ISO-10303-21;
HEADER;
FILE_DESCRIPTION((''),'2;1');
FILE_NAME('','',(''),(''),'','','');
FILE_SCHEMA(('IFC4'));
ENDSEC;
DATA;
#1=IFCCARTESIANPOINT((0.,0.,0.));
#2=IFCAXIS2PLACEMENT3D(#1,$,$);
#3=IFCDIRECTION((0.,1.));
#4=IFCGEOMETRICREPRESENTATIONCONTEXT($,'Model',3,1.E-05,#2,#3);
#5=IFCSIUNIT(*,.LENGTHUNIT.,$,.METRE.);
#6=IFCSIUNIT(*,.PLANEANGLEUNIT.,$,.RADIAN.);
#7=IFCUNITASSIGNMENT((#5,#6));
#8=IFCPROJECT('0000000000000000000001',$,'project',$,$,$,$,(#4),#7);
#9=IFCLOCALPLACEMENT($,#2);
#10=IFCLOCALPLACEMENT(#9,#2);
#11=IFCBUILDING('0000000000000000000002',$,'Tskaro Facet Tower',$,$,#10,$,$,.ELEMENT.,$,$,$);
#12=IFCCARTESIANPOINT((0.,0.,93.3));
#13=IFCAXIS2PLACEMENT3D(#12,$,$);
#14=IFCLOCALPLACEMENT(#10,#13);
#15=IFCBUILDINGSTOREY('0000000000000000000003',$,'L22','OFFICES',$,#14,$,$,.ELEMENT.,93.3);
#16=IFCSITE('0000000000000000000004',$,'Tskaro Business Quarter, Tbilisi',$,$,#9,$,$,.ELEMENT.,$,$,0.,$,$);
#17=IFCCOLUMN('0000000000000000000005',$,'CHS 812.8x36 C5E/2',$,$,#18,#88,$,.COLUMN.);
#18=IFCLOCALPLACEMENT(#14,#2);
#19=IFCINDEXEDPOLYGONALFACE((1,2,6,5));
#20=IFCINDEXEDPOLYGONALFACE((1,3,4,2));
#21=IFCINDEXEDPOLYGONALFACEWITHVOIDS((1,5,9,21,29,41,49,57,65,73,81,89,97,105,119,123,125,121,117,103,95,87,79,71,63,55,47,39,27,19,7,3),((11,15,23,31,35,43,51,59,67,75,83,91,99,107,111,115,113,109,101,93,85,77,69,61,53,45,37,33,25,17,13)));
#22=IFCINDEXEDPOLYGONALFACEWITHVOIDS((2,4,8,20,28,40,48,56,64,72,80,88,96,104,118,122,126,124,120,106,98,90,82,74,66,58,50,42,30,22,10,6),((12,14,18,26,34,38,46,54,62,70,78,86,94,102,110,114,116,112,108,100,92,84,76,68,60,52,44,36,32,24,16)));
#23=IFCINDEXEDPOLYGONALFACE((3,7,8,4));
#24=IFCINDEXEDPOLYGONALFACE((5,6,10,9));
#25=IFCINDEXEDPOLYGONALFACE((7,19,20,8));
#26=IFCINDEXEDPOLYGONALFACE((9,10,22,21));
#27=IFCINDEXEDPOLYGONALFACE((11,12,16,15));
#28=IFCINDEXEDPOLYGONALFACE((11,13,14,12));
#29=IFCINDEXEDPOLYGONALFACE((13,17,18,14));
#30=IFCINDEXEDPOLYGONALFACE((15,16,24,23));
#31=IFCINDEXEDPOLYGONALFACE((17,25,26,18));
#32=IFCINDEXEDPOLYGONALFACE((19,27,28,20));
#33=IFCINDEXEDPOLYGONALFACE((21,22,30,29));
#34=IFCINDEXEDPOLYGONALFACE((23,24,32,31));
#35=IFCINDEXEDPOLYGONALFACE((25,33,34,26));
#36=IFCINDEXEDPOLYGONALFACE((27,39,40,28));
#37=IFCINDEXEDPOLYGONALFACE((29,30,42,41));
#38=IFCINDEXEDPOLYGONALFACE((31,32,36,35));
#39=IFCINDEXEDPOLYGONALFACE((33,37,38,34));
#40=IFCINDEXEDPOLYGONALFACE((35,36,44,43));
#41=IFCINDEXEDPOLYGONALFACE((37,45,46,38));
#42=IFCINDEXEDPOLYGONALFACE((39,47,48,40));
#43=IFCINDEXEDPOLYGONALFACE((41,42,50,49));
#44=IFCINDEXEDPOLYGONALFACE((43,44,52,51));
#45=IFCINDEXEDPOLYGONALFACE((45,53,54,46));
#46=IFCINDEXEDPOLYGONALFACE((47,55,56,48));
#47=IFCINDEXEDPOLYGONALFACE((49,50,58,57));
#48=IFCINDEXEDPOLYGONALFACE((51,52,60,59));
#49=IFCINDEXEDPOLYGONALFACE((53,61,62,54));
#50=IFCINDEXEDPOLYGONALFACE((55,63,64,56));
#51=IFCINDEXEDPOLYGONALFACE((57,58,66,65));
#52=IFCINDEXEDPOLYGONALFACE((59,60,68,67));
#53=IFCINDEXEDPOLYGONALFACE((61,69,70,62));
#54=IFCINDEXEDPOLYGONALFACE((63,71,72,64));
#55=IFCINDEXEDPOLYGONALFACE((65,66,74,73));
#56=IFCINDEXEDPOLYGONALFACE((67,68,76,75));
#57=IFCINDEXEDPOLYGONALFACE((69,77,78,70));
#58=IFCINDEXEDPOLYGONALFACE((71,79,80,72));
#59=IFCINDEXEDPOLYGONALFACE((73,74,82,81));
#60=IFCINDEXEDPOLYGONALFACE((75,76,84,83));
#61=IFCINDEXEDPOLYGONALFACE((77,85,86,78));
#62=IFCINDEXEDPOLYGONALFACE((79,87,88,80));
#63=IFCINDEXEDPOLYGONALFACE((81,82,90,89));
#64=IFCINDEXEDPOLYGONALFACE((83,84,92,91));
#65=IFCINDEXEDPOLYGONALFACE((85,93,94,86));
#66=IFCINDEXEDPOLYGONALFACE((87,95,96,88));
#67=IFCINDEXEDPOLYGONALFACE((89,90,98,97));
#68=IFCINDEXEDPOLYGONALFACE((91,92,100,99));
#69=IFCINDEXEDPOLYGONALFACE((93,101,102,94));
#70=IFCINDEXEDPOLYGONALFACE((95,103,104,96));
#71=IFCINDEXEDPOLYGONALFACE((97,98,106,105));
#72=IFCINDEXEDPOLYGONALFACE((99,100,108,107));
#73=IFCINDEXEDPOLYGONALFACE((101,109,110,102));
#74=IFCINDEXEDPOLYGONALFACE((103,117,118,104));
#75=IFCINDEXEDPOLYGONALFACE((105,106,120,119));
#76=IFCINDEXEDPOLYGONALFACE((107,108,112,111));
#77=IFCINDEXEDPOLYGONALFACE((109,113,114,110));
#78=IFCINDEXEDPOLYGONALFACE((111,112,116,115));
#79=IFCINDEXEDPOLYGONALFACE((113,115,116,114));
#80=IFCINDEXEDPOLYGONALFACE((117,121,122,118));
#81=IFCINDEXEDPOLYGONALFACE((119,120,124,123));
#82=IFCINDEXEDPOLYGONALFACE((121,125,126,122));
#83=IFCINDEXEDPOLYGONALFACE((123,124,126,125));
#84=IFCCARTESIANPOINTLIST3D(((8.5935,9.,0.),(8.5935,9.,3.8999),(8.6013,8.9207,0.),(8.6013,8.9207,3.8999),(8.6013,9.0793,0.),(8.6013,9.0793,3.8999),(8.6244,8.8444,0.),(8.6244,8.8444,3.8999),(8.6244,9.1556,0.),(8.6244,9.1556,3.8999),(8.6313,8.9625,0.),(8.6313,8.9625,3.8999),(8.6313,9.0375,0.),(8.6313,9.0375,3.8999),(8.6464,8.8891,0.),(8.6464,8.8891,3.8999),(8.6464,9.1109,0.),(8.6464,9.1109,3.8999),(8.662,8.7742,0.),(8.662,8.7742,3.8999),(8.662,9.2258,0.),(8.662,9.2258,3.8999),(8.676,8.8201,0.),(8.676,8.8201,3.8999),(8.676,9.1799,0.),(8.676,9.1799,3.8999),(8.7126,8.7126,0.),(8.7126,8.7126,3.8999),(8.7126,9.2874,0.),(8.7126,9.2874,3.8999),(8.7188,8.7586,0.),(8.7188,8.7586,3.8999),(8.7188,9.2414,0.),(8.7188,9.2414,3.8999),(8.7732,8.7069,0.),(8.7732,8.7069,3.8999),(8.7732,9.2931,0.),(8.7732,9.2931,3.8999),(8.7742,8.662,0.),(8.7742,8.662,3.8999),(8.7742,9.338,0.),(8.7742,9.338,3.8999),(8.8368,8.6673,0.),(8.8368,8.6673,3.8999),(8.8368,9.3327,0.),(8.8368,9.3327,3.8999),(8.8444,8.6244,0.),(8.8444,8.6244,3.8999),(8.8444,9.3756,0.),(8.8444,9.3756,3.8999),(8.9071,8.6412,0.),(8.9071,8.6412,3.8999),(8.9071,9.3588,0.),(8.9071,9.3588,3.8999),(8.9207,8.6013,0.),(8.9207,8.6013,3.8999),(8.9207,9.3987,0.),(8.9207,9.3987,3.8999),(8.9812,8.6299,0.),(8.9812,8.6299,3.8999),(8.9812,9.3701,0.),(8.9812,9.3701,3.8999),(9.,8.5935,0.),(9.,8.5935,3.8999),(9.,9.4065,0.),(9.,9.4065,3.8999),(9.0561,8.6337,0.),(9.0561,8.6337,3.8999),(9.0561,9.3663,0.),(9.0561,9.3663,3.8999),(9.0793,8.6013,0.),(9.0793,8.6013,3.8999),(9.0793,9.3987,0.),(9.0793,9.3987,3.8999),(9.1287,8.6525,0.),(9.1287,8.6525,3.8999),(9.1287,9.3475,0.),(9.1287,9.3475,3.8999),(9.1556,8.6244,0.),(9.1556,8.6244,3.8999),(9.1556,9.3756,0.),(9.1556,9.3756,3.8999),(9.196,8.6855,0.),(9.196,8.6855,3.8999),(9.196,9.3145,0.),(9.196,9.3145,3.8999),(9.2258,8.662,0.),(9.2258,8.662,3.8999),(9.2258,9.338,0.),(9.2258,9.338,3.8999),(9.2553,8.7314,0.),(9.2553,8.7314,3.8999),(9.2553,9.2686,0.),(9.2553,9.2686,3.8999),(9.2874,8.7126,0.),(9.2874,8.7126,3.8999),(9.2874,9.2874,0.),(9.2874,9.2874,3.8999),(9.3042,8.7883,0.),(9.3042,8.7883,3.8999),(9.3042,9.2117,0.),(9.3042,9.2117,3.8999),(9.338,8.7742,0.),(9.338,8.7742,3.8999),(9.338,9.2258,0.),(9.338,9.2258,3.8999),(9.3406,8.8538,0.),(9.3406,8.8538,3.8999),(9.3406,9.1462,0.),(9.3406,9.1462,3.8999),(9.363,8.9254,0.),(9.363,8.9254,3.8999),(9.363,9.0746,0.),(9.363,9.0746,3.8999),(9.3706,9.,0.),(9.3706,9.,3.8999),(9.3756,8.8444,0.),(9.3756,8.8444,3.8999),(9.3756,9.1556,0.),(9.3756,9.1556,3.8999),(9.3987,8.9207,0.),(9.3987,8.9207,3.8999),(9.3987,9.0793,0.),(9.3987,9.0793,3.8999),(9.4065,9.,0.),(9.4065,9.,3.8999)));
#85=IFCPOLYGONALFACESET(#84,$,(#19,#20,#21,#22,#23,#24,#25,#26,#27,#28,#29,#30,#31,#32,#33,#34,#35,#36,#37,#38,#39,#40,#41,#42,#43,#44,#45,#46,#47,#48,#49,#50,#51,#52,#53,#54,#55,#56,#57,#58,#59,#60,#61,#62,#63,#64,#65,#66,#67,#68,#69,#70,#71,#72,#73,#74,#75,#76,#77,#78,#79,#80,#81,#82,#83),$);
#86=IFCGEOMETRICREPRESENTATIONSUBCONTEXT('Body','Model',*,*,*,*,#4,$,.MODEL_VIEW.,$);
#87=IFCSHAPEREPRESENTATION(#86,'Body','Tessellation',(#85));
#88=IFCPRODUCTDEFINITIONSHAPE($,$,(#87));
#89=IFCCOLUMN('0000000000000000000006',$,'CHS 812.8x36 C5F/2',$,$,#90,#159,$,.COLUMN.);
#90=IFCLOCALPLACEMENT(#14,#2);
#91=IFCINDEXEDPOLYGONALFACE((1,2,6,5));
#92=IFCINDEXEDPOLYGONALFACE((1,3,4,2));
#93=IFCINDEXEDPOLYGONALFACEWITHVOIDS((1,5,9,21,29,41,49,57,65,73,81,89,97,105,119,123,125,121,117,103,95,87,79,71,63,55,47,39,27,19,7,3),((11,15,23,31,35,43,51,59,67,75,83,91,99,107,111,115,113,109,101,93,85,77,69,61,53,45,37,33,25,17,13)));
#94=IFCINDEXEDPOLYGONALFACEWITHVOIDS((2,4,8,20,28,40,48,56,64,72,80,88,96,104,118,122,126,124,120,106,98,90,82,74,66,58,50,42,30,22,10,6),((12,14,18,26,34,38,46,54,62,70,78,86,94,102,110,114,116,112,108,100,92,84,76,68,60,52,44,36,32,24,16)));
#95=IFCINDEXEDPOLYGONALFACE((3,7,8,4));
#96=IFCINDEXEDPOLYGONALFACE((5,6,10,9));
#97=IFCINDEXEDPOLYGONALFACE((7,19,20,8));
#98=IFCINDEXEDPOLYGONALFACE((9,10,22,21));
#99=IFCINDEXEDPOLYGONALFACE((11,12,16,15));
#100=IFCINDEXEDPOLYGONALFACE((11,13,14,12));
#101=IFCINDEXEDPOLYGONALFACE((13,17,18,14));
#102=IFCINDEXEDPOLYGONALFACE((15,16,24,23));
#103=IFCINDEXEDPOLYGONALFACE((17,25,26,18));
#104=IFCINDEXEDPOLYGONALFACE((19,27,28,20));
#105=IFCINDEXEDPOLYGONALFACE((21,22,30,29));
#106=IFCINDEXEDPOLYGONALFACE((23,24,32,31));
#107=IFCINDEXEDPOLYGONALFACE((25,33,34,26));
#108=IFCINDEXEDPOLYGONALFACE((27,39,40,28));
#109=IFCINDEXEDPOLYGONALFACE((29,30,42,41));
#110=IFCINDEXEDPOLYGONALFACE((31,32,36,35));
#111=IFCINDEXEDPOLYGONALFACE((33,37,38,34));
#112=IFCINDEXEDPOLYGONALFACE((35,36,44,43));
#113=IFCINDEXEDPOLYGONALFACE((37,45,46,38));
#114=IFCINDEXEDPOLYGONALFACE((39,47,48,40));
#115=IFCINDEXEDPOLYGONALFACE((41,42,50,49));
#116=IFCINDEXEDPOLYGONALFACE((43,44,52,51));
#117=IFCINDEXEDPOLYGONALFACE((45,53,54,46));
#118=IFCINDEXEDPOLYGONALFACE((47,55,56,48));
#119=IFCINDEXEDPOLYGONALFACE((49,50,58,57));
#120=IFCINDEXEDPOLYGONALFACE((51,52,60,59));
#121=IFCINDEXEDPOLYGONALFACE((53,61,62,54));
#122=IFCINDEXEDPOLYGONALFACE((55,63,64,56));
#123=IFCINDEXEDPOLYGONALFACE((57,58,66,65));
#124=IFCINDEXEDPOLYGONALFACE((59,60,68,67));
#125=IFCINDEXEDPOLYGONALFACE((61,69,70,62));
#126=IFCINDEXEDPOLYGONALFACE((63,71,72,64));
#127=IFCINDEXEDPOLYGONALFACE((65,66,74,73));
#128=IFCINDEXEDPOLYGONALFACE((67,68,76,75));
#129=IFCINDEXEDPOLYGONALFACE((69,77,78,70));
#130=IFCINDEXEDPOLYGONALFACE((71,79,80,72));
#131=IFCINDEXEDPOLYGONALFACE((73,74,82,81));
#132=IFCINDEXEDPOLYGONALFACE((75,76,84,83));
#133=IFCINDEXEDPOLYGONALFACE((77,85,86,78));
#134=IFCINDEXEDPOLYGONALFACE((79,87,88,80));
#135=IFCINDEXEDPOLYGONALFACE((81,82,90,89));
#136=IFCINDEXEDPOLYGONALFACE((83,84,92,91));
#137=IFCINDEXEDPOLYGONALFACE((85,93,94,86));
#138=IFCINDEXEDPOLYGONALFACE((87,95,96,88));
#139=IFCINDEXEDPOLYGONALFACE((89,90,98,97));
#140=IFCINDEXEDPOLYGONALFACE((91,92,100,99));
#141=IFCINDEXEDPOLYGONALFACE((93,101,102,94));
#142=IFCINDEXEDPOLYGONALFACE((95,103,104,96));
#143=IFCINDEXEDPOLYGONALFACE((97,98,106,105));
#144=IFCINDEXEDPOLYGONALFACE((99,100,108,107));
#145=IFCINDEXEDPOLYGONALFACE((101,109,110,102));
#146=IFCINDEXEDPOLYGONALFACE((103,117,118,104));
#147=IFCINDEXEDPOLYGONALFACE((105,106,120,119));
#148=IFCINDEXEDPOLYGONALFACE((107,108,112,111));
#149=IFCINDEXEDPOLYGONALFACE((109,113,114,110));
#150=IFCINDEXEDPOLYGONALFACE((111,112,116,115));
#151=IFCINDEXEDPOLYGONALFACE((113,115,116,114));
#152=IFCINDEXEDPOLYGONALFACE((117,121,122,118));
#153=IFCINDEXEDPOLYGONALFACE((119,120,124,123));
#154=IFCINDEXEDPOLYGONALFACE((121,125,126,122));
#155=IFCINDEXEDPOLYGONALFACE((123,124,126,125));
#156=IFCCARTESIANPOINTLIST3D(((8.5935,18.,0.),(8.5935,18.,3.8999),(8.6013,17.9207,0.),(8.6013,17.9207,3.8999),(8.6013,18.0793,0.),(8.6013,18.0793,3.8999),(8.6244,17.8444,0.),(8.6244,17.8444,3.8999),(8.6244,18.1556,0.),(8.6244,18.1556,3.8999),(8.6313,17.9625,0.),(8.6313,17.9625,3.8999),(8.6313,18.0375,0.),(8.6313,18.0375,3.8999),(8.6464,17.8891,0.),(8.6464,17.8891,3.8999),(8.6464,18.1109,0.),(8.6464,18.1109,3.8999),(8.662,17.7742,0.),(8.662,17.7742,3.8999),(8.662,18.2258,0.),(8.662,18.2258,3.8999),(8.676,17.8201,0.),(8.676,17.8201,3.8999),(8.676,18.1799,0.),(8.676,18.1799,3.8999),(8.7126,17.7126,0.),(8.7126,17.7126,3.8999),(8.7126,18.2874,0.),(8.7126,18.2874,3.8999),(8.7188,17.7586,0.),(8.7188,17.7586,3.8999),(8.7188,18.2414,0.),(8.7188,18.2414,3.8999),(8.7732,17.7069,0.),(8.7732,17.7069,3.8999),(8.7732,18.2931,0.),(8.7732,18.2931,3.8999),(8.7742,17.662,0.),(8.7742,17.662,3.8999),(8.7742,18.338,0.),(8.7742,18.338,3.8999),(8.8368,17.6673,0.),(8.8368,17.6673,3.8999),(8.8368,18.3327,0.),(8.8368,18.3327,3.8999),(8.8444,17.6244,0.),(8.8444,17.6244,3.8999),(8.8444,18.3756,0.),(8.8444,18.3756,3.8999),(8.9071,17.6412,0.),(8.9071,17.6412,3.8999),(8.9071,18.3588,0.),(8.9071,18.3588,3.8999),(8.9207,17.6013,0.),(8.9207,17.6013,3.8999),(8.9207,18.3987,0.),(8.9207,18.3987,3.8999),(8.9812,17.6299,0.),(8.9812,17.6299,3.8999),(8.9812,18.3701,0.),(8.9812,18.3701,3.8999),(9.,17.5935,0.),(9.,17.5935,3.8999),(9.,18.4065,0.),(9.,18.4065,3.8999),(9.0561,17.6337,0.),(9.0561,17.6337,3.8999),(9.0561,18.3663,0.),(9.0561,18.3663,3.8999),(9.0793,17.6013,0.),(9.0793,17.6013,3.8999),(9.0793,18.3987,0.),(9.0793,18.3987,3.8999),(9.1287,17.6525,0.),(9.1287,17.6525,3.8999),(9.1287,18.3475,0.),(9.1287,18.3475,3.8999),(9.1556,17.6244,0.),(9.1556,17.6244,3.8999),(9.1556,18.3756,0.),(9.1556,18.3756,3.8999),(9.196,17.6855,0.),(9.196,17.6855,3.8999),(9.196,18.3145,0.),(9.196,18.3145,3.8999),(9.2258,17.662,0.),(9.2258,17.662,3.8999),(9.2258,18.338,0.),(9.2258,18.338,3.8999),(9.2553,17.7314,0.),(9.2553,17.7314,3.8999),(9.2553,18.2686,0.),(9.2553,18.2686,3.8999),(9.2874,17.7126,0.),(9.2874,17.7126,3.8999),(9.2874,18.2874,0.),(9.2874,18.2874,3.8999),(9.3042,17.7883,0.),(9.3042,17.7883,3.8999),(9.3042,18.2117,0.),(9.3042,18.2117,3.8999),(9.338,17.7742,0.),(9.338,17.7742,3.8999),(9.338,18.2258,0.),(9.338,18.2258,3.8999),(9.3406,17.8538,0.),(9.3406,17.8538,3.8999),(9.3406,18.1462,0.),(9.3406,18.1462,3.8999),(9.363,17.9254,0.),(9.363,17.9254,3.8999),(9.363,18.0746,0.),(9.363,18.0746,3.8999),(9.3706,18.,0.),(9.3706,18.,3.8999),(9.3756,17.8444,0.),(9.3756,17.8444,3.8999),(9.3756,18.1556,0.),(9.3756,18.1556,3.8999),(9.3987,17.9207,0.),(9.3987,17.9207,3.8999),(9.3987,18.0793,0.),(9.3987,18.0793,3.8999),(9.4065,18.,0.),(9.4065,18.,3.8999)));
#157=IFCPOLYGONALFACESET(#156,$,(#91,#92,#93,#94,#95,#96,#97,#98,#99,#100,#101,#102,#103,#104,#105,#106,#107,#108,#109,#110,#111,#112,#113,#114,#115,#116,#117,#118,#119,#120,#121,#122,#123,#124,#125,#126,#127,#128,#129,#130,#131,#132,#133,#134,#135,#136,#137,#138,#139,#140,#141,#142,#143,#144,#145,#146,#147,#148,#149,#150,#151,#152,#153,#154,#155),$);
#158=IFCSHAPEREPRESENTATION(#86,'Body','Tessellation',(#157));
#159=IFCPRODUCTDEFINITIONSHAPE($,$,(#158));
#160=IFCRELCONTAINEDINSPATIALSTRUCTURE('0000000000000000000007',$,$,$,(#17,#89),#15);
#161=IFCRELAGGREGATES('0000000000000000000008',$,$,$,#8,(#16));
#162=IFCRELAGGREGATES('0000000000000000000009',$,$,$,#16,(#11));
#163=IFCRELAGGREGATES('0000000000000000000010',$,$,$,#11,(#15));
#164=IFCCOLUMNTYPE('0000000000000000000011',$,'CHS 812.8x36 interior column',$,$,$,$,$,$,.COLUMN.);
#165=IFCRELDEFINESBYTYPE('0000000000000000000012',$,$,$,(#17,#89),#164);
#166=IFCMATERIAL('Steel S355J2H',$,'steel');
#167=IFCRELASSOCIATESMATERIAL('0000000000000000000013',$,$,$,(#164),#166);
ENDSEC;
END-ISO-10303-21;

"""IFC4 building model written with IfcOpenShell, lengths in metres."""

from ifc_helpers import new_model, si_unit, direction, frame, origin, origin_2d, place, context, subcontext, project, spatial, hollow_circle, extrude, material, material_profile, profile_set, type_object, element, save


model = new_model("IFC4")

# Units and contexts
model_context = context("Model", 3, precision=1e-05, world=origin(), true_north=direction((0.0, 1.0)))
body_context = subcontext(model_context, "Body", "Model", "MODEL_VIEW")
ifc_project = project(units=[si_unit("LENGTHUNIT", "METRE"), si_unit("PLANEANGLEUNIT", "RADIAN")], contexts=[model_context])

# Site, building, storey
site_placement = place(None, origin())
site = spatial("IfcSite", under=ifc_project, at=site_placement, Name="Tskaro Business Quarter, Tbilisi", CompositionType="ELEMENT", RefElevation=0.0)
building_placement = place(site_placement, origin())
building = spatial("IfcBuilding", under=site, at=building_placement, Name="Tskaro Facet Tower", CompositionType="ELEMENT")
storey_placement = place(building_placement, frame((0.0, 0.0, 93.3)))
storey = spatial("IfcBuildingStorey", under=building, at=storey_placement, Name="L22", Description="OFFICES", CompositionType="ELEMENT", Elevation=93.3)

# Columns
ifc_material_1 = material(Name="Steel S355J2H", Category="steel")
ifc_material_profile_1 = material_profile(ifc_material_1, hollow_circle(Radius=0.4065, WallThickness=0.0359, at=origin_2d()), Name="CHS 812.8x36")
ifc_profile_set_1 = profile_set([ifc_material_profile_1], Name="Steel S355J2H")
column_type = type_object("IfcColumnType", Name="CHS 812.8x36 interior column", PredefinedType="COLUMN", material=ifc_profile_set_1)
for number, where, z_axis, x_axis, name in (
    (1, (9.0, 9.0, 0.0), (0.0, 0.0, 1.0), (1.0, 0.0, 0.0), "CHS 812.8x36 C5E/2"),
    (2, (9.0, 18.0, 0.0), (0.0, 0.0, 1.0), (1.0, 0.0, 0.0), "CHS 812.8x36 C5F/2"),
):
    element("IfcColumn", number, at=place(storey_placement, frame(where, z_axis=z_axis, x_axis=x_axis)), inside=storey, type_object=column_type, Name=name, PredefinedType="COLUMN", context=body_context, shape_type="SweptSolid", body=[
        extrude(hollow_circle(Radius=0.4065, WallThickness=0.0359, at=origin_2d()), origin(), (0.0, 0.0, 1.0), 3.8999),
    ])

save(model, "model.ifc")
